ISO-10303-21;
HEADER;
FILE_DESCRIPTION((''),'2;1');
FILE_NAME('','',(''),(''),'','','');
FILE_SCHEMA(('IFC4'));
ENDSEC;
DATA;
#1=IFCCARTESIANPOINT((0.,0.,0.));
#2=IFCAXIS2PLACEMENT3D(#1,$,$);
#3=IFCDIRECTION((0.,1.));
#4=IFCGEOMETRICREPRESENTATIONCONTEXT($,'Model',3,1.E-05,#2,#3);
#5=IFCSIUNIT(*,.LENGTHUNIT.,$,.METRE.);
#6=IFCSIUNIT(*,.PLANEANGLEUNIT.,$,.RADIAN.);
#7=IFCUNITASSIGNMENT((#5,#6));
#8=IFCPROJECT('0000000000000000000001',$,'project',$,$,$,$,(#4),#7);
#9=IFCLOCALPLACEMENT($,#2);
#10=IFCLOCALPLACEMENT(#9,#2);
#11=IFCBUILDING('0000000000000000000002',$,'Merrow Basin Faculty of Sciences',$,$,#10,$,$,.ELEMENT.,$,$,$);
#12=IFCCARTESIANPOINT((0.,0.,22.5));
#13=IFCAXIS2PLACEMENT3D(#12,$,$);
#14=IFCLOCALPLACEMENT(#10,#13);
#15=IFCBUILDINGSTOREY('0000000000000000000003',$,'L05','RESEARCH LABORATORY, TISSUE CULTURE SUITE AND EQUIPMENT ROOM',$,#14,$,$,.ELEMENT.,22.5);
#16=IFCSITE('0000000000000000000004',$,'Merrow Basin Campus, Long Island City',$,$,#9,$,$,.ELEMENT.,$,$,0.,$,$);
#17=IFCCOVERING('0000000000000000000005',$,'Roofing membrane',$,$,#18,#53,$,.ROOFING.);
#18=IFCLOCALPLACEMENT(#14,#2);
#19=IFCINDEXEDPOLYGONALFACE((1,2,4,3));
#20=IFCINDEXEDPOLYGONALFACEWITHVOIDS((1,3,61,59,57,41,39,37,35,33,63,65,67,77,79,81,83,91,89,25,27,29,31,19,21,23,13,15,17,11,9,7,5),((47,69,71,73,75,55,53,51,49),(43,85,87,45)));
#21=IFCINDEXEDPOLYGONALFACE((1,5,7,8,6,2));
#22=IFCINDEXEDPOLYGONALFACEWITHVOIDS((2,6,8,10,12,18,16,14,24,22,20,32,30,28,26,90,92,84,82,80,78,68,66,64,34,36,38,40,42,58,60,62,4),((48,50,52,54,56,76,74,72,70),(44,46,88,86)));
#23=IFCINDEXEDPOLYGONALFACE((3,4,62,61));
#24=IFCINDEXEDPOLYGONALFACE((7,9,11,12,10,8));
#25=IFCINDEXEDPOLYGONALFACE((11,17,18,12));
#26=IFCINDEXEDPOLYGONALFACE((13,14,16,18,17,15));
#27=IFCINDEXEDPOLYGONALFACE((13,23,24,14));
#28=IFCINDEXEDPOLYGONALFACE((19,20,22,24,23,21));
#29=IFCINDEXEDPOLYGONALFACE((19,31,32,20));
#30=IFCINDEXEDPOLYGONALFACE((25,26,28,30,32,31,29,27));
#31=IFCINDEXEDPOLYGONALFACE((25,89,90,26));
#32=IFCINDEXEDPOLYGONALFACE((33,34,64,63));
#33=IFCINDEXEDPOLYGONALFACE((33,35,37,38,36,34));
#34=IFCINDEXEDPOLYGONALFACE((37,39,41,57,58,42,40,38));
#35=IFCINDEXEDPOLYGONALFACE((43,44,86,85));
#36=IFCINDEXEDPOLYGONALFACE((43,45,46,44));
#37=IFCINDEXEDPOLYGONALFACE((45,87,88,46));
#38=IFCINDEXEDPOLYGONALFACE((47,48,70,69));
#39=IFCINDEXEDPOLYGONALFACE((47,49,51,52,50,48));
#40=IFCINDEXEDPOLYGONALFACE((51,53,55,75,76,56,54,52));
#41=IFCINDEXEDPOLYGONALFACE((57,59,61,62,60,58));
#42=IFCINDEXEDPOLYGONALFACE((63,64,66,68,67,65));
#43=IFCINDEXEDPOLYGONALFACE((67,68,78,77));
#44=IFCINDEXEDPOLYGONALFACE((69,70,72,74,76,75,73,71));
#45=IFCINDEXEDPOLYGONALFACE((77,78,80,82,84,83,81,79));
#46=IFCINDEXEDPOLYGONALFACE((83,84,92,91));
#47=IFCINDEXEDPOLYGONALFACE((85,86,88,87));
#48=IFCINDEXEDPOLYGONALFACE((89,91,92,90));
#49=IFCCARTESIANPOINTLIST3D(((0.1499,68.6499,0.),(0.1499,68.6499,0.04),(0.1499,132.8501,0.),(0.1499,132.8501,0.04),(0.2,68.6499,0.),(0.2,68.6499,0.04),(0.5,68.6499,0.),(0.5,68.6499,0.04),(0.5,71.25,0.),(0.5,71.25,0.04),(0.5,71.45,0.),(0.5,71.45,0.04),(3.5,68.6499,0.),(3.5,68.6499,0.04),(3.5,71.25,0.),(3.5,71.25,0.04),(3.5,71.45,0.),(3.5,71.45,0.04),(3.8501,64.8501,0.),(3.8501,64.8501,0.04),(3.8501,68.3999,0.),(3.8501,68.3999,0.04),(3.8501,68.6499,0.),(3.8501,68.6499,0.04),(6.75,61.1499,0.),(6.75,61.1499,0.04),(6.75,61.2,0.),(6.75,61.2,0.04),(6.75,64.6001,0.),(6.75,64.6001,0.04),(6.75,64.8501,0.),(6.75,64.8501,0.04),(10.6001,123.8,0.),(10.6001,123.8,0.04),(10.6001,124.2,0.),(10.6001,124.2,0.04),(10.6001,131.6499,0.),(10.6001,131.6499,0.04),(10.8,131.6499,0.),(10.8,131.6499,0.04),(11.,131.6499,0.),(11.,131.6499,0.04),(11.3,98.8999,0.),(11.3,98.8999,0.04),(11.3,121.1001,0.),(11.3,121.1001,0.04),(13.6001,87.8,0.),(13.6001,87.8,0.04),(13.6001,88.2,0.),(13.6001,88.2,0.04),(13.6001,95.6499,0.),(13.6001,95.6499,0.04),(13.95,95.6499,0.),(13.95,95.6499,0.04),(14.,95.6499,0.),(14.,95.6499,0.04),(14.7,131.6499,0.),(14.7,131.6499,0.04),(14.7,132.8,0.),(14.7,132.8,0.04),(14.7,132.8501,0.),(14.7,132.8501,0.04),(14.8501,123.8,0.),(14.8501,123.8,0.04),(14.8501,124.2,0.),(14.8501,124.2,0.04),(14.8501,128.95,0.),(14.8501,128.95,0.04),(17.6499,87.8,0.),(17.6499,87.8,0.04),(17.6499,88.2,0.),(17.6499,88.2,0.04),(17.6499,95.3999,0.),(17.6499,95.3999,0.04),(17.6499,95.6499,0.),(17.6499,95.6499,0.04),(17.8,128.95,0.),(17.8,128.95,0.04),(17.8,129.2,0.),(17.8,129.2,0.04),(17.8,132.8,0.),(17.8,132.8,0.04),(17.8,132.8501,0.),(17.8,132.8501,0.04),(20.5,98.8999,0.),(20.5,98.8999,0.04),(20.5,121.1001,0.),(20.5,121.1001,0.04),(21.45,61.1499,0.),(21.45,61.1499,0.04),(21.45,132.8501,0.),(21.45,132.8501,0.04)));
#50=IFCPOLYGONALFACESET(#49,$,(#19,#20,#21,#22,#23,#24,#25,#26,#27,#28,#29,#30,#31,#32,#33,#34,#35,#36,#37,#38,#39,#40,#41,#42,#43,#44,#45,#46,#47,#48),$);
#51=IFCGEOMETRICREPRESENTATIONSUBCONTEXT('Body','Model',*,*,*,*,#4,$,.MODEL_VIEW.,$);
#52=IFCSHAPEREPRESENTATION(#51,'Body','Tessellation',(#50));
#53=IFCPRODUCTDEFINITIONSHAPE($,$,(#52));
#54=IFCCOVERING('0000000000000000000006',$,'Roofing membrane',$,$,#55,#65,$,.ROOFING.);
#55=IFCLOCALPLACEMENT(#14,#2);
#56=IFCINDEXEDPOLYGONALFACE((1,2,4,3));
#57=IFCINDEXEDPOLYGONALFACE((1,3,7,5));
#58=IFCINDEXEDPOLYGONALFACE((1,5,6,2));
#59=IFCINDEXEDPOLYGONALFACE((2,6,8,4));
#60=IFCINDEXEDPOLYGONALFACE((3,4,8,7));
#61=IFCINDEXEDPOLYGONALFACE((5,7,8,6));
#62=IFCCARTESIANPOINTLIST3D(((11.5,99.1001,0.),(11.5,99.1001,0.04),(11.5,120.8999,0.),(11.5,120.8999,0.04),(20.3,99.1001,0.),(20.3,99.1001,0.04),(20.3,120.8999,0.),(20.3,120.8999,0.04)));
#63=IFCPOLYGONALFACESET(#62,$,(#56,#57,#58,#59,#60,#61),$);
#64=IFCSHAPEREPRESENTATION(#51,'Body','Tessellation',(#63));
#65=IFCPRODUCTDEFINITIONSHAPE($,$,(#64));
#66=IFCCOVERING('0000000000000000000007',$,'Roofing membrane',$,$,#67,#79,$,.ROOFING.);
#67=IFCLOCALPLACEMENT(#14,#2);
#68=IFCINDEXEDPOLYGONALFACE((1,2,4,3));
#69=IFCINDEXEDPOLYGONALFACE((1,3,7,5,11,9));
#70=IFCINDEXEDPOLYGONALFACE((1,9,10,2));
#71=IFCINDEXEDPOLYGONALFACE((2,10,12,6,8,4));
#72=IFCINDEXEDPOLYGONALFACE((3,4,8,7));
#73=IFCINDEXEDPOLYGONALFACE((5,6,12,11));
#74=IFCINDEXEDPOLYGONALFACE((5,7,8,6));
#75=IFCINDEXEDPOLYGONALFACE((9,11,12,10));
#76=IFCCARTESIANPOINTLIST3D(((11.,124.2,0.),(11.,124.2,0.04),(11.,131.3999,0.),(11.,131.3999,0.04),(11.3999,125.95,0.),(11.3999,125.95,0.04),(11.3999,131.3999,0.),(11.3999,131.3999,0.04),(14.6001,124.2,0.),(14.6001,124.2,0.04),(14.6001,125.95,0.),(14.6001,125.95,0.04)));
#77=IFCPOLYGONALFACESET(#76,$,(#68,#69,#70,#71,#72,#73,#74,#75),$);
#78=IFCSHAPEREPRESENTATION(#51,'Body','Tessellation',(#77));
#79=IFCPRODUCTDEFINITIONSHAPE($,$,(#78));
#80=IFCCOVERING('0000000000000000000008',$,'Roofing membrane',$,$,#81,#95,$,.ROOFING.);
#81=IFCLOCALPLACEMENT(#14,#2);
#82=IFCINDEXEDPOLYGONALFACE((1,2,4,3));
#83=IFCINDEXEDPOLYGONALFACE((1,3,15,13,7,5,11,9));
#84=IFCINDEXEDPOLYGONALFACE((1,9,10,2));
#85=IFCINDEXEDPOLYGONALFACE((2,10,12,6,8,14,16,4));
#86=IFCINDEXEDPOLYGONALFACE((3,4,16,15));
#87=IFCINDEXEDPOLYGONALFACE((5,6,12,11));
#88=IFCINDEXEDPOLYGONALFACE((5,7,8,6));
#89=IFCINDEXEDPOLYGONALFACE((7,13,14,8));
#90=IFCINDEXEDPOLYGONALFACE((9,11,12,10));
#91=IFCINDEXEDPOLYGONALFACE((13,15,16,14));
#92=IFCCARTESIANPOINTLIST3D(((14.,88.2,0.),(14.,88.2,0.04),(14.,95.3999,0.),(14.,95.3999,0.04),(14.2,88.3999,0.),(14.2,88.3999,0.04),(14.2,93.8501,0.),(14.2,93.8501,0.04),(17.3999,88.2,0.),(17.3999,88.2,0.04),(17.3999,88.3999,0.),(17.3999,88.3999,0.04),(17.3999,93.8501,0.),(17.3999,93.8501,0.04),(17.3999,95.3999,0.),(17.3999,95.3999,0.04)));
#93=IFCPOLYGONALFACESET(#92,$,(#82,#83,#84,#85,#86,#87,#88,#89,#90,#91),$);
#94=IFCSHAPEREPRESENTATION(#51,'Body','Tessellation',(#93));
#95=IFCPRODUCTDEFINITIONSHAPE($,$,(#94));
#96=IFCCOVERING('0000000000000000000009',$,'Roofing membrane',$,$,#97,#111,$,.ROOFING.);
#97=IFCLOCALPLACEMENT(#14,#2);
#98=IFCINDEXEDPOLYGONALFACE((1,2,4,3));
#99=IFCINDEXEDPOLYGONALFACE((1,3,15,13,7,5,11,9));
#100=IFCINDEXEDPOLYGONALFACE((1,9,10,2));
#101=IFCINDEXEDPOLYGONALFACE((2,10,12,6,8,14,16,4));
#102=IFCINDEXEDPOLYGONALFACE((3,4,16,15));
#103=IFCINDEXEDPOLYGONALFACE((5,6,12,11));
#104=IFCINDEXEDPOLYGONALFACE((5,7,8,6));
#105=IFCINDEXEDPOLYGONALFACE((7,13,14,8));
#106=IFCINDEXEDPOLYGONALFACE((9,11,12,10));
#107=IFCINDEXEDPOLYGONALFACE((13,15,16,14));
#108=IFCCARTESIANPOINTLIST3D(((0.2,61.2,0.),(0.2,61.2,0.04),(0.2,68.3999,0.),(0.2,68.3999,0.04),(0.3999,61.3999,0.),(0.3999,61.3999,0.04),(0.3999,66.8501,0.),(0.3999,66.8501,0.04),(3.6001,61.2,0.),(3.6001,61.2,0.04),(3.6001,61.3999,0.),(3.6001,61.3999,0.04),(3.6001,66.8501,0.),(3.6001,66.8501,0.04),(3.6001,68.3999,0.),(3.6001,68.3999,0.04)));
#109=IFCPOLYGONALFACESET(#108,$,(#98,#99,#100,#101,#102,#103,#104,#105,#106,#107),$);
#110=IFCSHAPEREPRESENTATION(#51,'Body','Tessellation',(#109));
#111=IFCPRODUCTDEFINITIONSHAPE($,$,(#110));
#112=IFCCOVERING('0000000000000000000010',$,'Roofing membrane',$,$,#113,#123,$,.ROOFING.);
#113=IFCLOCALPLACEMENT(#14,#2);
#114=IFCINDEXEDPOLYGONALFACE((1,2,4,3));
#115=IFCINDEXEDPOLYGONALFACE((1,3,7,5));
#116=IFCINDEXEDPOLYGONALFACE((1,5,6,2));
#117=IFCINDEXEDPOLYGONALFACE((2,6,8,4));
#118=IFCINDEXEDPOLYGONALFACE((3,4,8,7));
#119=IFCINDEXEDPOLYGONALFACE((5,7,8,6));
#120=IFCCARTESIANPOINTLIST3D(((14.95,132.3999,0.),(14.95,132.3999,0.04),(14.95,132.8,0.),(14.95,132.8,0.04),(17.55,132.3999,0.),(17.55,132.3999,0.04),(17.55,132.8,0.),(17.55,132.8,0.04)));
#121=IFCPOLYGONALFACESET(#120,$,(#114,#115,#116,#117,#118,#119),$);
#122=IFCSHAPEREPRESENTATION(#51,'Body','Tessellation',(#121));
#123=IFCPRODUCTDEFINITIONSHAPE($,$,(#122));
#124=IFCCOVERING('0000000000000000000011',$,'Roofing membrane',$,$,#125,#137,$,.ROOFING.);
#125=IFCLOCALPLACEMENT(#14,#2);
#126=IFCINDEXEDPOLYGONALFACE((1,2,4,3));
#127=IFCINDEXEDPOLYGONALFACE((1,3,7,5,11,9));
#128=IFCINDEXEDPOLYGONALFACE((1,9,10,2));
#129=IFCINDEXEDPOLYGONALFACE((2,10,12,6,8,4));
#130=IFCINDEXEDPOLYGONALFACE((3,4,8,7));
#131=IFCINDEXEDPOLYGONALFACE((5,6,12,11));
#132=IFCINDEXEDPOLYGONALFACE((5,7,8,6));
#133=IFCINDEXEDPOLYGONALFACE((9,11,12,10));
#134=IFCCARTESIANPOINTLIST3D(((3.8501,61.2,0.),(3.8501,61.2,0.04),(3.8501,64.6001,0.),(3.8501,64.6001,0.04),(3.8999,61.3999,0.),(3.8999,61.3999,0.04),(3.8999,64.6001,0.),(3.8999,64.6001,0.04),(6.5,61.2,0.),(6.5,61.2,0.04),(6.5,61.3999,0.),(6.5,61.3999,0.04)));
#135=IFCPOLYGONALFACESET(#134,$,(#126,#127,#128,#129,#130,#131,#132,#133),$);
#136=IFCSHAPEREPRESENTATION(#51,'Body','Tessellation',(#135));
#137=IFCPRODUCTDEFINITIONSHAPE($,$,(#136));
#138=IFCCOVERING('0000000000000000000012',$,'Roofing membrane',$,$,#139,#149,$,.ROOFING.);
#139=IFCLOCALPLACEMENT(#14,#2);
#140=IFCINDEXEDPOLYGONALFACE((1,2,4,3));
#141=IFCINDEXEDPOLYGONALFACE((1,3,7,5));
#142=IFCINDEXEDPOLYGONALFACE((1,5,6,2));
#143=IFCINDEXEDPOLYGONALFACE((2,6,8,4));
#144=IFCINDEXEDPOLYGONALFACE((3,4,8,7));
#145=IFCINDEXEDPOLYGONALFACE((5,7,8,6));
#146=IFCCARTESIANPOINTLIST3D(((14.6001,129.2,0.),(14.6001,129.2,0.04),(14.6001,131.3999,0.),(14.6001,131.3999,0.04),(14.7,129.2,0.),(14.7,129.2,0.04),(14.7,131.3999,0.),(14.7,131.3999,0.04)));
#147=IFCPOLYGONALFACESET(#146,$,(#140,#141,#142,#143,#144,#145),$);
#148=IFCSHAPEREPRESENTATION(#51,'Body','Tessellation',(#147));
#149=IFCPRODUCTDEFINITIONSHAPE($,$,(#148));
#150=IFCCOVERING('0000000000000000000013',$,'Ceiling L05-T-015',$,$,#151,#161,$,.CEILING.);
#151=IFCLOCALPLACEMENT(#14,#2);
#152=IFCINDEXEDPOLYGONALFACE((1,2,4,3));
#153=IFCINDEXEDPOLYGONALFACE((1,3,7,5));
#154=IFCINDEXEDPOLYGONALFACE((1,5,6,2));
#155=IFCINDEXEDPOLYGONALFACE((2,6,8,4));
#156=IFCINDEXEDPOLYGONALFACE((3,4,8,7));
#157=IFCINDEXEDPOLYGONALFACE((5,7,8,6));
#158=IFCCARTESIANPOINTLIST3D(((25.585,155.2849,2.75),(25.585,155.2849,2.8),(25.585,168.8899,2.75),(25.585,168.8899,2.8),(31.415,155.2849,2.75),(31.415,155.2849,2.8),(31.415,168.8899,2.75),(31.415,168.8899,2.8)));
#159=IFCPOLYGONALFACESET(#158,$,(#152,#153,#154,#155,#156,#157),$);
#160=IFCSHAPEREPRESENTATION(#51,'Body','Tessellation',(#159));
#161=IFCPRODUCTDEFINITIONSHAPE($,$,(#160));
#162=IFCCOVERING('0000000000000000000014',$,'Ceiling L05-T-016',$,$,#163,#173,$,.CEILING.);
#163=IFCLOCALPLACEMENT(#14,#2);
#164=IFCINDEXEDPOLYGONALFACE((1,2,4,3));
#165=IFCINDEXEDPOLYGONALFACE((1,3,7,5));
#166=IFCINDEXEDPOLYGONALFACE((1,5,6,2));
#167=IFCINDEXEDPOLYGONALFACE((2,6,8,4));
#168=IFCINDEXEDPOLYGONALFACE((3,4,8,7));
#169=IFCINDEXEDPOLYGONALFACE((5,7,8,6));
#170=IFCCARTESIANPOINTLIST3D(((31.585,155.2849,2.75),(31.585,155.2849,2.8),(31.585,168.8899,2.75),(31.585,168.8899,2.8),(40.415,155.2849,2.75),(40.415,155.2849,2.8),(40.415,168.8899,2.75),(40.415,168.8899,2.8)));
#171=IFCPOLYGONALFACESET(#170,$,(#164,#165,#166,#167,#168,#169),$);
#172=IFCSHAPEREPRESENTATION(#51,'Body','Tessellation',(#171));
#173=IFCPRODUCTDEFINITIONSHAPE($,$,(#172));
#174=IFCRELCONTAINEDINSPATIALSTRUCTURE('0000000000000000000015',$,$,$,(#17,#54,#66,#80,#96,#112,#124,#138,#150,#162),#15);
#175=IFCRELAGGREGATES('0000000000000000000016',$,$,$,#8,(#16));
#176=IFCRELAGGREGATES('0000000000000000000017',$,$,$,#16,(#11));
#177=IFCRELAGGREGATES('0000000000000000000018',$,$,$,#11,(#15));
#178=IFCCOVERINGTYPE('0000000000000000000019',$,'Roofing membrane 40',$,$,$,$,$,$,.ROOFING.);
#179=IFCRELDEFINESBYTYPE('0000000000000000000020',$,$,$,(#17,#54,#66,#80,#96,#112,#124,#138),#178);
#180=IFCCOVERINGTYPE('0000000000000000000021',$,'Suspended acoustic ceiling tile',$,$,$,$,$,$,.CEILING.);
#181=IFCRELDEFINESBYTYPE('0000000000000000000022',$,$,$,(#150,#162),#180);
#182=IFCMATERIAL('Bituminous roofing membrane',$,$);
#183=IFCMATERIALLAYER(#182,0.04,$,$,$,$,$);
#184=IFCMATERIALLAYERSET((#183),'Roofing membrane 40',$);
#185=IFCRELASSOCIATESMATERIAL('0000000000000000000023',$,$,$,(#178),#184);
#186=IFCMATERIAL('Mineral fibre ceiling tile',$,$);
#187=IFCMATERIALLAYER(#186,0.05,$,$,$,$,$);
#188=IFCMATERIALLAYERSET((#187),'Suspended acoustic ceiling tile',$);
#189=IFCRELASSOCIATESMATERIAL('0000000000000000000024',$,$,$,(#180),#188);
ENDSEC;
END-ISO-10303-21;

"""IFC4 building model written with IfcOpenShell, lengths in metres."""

from ifc_helpers import new_model, si_unit, direction, frame, origin, place, context, subcontext, project, spatial, polyline, outline, extrude, material, layer, layer_set, type_object, element, save


model = new_model("IFC4")

# Units and contexts
model_context = context("Model", 3, precision=1e-05, world=origin(), true_north=direction((0.0, 1.0)))
body_context = subcontext(model_context, "Body", "Model", "MODEL_VIEW")
ifc_project = project(units=[si_unit("LENGTHUNIT", "METRE"), si_unit("PLANEANGLEUNIT", "RADIAN")], contexts=[model_context])

# Site, building, storey
site_placement = place(None, origin())
site = spatial("IfcSite", under=ifc_project, at=site_placement, Name="Merrow Basin Campus, Long Island City", CompositionType="ELEMENT", RefElevation=0.0)
building_placement = place(site_placement, origin())
building = spatial("IfcBuilding", under=site, at=building_placement, Name="Merrow Basin Faculty of Sciences", CompositionType="ELEMENT")
storey_placement = place(building_placement, frame((0.0, 0.0, 22.5)))
storey = spatial("IfcBuildingStorey", under=building, at=storey_placement, Name="L05", Description="RESEARCH LABORATORY, TISSUE CULTURE SUITE AND EQUIPMENT ROOM", CompositionType="ELEMENT", Elevation=22.5)

# Coverings
ifc_material_1 = material(Name="Bituminous roofing membrane")
ifc_layer_1 = layer(ifc_material_1, 0.04)
ifc_layer_set_1 = layer_set([ifc_layer_1], Name="Roofing membrane 40")
covering_type_1 = type_object("IfcCoveringType", Name="Roofing membrane 40", PredefinedType="ROOFING", material=ifc_layer_set_1)
covering_1_placement = place(storey_placement, origin())
element("IfcCovering", 1, at=covering_1_placement, inside=storey, type_object=covering_type_1, Name="Roofing membrane", PredefinedType="ROOFING", context=body_context, shape_type="SweptSolid", body=[
    extrude(outline(polyline([(21.45, 132.8501), (21.45, 61.1499), (6.75, 61.1499), (6.75, 61.2), (6.75, 64.6001), (6.75, 64.8501), (3.8501, 64.8501), (3.8501, 68.3999), (3.8501, 68.6499), (3.5, 68.6499), (3.5, 71.25), (3.5, 71.45), (0.5, 71.45), (0.5, 71.25), (0.5, 68.6499), (0.2, 68.6499), (0.1499, 68.6499), (0.1499, 132.8501), (14.7, 132.8501), (14.7, 132.8), (14.7, 131.6499), (11.0, 131.6499), (10.8, 131.6499), (10.6001, 131.6499), (10.6001, 124.2), (10.6001, 123.8), (14.8501, 123.8), (14.8501, 124.2), (14.8501, 128.95), (17.8, 128.95), (17.8, 129.2), (17.8, 132.8), (17.8, 132.8501), (21.45, 132.8501)]), holes=[polyline([(14.0, 95.6499), (13.95, 95.6499), (13.6001, 95.6499), (13.6001, 88.2), (13.6001, 87.8), (17.6499, 87.8), (17.6499, 88.2), (17.6499, 95.3999), (17.6499, 95.6499), (14.0, 95.6499)]), polyline([(11.3, 121.1001), (11.3, 98.8999), (20.5, 98.8999), (20.5, 121.1001), (11.3, 121.1001)])]), origin(), (0.0, 0.0, 1.0), 0.04),
])
covering_2_placement = place(storey_placement, origin())
element("IfcCovering", 2, at=covering_2_placement, inside=storey, type_object=covering_type_1, Name="Roofing membrane", PredefinedType="ROOFING", context=body_context, shape_type="SweptSolid", body=[
    extrude(outline(polyline([(11.5, 120.8999), (20.3, 120.8999), (20.3, 99.1001), (11.5, 99.1001), (11.5, 120.8999)])), origin(), (0.0, 0.0, 1.0), 0.04),
])
covering_3_placement = place(storey_placement, origin())
element("IfcCovering", 3, at=covering_3_placement, inside=storey, type_object=covering_type_1, Name="Roofing membrane", PredefinedType="ROOFING", context=body_context, shape_type="SweptSolid", body=[
    extrude(outline(polyline([(11.3999, 131.3999), (11.3999, 125.95), (14.6001, 125.95), (14.6001, 124.2), (11.0, 124.2), (11.0, 131.3999), (11.3999, 131.3999)])), origin(), (0.0, 0.0, 1.0), 0.04),
])
covering_4_placement = place(storey_placement, origin())
element("IfcCovering", 4, at=covering_4_placement, inside=storey, type_object=covering_type_1, Name="Roofing membrane", PredefinedType="ROOFING", context=body_context, shape_type="SweptSolid", body=[
    extrude(outline(polyline([(14.0, 95.3999), (17.3999, 95.3999), (17.3999, 93.8501), (14.2, 93.8501), (14.2, 88.3999), (17.3999, 88.3999), (17.3999, 88.2), (14.0, 88.2), (14.0, 95.3999)])), origin(), (0.0, 0.0, 1.0), 0.04),
])
covering_5_placement = place(storey_placement, origin())
element("IfcCovering", 5, at=covering_5_placement, inside=storey, type_object=covering_type_1, Name="Roofing membrane", PredefinedType="ROOFING", context=body_context, shape_type="SweptSolid", body=[
    extrude(outline(polyline([(0.3999, 61.3999), (3.6001, 61.3999), (3.6001, 61.2), (0.2, 61.2), (0.2, 68.3999), (3.6001, 68.3999), (3.6001, 66.8501), (0.3999, 66.8501), (0.3999, 61.3999)])), origin(), (0.0, 0.0, 1.0), 0.04),
])
covering_6_placement = place(storey_placement, origin())
element("IfcCovering", 6, at=covering_6_placement, inside=storey, type_object=covering_type_1, Name="Roofing membrane", PredefinedType="ROOFING", context=body_context, shape_type="SweptSolid", body=[
    extrude(outline(polyline([(14.95, 132.8), (17.55, 132.8), (17.55, 132.3999), (14.95, 132.3999), (14.95, 132.8)])), origin(), (0.0, 0.0, 1.0), 0.04),
])
covering_7_placement = place(storey_placement, origin())
element("IfcCovering", 7, at=covering_7_placement, inside=storey, type_object=covering_type_1, Name="Roofing membrane", PredefinedType="ROOFING", context=body_context, shape_type="SweptSolid", body=[
    extrude(outline(polyline([(3.8999, 61.3999), (6.5, 61.3999), (6.5, 61.2), (3.8501, 61.2), (3.8501, 64.6001), (3.8999, 64.6001), (3.8999, 61.3999)])), origin(), (0.0, 0.0, 1.0), 0.04),
])
covering_8_placement = place(storey_placement, origin())
element("IfcCovering", 8, at=covering_8_placement, inside=storey, type_object=covering_type_1, Name="Roofing membrane", PredefinedType="ROOFING", context=body_context, shape_type="SweptSolid", body=[
    extrude(outline(polyline([(14.6001, 129.2), (14.6001, 131.3999), (14.7, 131.3999), (14.7, 129.2), (14.6001, 129.2)])), origin(), (0.0, 0.0, 1.0), 0.04),
])
ifc_material_2 = material(Name="Mineral fibre ceiling tile")
ifc_layer_2 = layer(ifc_material_2, 0.05)
ifc_layer_set_2 = layer_set([ifc_layer_2], Name="Suspended acoustic ceiling tile")
covering_type_2 = type_object("IfcCoveringType", Name="Suspended acoustic ceiling tile", PredefinedType="CEILING", material=ifc_layer_set_2)
covering_9_placement = place(storey_placement, frame((0.0, 0.0, 2.75)))
element("IfcCovering", 9, at=covering_9_placement, inside=storey, type_object=covering_type_2, Name="Ceiling L05-T-015", PredefinedType="CEILING", context=body_context, shape_type="SweptSolid", body=[
    extrude(outline(polyline([(31.415, 168.8899), (31.415, 155.2849), (25.585, 155.2849), (25.585, 168.8899), (31.415, 168.8899)])), origin(), (0.0, 0.0, 1.0), 0.05),
])
covering_10_placement = place(storey_placement, frame((0.0, 0.0, 2.75)))
element("IfcCovering", 10, at=covering_10_placement, inside=storey, type_object=covering_type_2, Name="Ceiling L05-T-016", PredefinedType="CEILING", context=body_context, shape_type="SweptSolid", body=[
    extrude(outline(polyline([(40.415, 168.8899), (40.415, 155.2849), (31.585, 155.2849), (31.585, 168.8899), (40.415, 168.8899)])), origin(), (0.0, 0.0, 1.0), 0.05),
])

save(model, "model.ifc")
